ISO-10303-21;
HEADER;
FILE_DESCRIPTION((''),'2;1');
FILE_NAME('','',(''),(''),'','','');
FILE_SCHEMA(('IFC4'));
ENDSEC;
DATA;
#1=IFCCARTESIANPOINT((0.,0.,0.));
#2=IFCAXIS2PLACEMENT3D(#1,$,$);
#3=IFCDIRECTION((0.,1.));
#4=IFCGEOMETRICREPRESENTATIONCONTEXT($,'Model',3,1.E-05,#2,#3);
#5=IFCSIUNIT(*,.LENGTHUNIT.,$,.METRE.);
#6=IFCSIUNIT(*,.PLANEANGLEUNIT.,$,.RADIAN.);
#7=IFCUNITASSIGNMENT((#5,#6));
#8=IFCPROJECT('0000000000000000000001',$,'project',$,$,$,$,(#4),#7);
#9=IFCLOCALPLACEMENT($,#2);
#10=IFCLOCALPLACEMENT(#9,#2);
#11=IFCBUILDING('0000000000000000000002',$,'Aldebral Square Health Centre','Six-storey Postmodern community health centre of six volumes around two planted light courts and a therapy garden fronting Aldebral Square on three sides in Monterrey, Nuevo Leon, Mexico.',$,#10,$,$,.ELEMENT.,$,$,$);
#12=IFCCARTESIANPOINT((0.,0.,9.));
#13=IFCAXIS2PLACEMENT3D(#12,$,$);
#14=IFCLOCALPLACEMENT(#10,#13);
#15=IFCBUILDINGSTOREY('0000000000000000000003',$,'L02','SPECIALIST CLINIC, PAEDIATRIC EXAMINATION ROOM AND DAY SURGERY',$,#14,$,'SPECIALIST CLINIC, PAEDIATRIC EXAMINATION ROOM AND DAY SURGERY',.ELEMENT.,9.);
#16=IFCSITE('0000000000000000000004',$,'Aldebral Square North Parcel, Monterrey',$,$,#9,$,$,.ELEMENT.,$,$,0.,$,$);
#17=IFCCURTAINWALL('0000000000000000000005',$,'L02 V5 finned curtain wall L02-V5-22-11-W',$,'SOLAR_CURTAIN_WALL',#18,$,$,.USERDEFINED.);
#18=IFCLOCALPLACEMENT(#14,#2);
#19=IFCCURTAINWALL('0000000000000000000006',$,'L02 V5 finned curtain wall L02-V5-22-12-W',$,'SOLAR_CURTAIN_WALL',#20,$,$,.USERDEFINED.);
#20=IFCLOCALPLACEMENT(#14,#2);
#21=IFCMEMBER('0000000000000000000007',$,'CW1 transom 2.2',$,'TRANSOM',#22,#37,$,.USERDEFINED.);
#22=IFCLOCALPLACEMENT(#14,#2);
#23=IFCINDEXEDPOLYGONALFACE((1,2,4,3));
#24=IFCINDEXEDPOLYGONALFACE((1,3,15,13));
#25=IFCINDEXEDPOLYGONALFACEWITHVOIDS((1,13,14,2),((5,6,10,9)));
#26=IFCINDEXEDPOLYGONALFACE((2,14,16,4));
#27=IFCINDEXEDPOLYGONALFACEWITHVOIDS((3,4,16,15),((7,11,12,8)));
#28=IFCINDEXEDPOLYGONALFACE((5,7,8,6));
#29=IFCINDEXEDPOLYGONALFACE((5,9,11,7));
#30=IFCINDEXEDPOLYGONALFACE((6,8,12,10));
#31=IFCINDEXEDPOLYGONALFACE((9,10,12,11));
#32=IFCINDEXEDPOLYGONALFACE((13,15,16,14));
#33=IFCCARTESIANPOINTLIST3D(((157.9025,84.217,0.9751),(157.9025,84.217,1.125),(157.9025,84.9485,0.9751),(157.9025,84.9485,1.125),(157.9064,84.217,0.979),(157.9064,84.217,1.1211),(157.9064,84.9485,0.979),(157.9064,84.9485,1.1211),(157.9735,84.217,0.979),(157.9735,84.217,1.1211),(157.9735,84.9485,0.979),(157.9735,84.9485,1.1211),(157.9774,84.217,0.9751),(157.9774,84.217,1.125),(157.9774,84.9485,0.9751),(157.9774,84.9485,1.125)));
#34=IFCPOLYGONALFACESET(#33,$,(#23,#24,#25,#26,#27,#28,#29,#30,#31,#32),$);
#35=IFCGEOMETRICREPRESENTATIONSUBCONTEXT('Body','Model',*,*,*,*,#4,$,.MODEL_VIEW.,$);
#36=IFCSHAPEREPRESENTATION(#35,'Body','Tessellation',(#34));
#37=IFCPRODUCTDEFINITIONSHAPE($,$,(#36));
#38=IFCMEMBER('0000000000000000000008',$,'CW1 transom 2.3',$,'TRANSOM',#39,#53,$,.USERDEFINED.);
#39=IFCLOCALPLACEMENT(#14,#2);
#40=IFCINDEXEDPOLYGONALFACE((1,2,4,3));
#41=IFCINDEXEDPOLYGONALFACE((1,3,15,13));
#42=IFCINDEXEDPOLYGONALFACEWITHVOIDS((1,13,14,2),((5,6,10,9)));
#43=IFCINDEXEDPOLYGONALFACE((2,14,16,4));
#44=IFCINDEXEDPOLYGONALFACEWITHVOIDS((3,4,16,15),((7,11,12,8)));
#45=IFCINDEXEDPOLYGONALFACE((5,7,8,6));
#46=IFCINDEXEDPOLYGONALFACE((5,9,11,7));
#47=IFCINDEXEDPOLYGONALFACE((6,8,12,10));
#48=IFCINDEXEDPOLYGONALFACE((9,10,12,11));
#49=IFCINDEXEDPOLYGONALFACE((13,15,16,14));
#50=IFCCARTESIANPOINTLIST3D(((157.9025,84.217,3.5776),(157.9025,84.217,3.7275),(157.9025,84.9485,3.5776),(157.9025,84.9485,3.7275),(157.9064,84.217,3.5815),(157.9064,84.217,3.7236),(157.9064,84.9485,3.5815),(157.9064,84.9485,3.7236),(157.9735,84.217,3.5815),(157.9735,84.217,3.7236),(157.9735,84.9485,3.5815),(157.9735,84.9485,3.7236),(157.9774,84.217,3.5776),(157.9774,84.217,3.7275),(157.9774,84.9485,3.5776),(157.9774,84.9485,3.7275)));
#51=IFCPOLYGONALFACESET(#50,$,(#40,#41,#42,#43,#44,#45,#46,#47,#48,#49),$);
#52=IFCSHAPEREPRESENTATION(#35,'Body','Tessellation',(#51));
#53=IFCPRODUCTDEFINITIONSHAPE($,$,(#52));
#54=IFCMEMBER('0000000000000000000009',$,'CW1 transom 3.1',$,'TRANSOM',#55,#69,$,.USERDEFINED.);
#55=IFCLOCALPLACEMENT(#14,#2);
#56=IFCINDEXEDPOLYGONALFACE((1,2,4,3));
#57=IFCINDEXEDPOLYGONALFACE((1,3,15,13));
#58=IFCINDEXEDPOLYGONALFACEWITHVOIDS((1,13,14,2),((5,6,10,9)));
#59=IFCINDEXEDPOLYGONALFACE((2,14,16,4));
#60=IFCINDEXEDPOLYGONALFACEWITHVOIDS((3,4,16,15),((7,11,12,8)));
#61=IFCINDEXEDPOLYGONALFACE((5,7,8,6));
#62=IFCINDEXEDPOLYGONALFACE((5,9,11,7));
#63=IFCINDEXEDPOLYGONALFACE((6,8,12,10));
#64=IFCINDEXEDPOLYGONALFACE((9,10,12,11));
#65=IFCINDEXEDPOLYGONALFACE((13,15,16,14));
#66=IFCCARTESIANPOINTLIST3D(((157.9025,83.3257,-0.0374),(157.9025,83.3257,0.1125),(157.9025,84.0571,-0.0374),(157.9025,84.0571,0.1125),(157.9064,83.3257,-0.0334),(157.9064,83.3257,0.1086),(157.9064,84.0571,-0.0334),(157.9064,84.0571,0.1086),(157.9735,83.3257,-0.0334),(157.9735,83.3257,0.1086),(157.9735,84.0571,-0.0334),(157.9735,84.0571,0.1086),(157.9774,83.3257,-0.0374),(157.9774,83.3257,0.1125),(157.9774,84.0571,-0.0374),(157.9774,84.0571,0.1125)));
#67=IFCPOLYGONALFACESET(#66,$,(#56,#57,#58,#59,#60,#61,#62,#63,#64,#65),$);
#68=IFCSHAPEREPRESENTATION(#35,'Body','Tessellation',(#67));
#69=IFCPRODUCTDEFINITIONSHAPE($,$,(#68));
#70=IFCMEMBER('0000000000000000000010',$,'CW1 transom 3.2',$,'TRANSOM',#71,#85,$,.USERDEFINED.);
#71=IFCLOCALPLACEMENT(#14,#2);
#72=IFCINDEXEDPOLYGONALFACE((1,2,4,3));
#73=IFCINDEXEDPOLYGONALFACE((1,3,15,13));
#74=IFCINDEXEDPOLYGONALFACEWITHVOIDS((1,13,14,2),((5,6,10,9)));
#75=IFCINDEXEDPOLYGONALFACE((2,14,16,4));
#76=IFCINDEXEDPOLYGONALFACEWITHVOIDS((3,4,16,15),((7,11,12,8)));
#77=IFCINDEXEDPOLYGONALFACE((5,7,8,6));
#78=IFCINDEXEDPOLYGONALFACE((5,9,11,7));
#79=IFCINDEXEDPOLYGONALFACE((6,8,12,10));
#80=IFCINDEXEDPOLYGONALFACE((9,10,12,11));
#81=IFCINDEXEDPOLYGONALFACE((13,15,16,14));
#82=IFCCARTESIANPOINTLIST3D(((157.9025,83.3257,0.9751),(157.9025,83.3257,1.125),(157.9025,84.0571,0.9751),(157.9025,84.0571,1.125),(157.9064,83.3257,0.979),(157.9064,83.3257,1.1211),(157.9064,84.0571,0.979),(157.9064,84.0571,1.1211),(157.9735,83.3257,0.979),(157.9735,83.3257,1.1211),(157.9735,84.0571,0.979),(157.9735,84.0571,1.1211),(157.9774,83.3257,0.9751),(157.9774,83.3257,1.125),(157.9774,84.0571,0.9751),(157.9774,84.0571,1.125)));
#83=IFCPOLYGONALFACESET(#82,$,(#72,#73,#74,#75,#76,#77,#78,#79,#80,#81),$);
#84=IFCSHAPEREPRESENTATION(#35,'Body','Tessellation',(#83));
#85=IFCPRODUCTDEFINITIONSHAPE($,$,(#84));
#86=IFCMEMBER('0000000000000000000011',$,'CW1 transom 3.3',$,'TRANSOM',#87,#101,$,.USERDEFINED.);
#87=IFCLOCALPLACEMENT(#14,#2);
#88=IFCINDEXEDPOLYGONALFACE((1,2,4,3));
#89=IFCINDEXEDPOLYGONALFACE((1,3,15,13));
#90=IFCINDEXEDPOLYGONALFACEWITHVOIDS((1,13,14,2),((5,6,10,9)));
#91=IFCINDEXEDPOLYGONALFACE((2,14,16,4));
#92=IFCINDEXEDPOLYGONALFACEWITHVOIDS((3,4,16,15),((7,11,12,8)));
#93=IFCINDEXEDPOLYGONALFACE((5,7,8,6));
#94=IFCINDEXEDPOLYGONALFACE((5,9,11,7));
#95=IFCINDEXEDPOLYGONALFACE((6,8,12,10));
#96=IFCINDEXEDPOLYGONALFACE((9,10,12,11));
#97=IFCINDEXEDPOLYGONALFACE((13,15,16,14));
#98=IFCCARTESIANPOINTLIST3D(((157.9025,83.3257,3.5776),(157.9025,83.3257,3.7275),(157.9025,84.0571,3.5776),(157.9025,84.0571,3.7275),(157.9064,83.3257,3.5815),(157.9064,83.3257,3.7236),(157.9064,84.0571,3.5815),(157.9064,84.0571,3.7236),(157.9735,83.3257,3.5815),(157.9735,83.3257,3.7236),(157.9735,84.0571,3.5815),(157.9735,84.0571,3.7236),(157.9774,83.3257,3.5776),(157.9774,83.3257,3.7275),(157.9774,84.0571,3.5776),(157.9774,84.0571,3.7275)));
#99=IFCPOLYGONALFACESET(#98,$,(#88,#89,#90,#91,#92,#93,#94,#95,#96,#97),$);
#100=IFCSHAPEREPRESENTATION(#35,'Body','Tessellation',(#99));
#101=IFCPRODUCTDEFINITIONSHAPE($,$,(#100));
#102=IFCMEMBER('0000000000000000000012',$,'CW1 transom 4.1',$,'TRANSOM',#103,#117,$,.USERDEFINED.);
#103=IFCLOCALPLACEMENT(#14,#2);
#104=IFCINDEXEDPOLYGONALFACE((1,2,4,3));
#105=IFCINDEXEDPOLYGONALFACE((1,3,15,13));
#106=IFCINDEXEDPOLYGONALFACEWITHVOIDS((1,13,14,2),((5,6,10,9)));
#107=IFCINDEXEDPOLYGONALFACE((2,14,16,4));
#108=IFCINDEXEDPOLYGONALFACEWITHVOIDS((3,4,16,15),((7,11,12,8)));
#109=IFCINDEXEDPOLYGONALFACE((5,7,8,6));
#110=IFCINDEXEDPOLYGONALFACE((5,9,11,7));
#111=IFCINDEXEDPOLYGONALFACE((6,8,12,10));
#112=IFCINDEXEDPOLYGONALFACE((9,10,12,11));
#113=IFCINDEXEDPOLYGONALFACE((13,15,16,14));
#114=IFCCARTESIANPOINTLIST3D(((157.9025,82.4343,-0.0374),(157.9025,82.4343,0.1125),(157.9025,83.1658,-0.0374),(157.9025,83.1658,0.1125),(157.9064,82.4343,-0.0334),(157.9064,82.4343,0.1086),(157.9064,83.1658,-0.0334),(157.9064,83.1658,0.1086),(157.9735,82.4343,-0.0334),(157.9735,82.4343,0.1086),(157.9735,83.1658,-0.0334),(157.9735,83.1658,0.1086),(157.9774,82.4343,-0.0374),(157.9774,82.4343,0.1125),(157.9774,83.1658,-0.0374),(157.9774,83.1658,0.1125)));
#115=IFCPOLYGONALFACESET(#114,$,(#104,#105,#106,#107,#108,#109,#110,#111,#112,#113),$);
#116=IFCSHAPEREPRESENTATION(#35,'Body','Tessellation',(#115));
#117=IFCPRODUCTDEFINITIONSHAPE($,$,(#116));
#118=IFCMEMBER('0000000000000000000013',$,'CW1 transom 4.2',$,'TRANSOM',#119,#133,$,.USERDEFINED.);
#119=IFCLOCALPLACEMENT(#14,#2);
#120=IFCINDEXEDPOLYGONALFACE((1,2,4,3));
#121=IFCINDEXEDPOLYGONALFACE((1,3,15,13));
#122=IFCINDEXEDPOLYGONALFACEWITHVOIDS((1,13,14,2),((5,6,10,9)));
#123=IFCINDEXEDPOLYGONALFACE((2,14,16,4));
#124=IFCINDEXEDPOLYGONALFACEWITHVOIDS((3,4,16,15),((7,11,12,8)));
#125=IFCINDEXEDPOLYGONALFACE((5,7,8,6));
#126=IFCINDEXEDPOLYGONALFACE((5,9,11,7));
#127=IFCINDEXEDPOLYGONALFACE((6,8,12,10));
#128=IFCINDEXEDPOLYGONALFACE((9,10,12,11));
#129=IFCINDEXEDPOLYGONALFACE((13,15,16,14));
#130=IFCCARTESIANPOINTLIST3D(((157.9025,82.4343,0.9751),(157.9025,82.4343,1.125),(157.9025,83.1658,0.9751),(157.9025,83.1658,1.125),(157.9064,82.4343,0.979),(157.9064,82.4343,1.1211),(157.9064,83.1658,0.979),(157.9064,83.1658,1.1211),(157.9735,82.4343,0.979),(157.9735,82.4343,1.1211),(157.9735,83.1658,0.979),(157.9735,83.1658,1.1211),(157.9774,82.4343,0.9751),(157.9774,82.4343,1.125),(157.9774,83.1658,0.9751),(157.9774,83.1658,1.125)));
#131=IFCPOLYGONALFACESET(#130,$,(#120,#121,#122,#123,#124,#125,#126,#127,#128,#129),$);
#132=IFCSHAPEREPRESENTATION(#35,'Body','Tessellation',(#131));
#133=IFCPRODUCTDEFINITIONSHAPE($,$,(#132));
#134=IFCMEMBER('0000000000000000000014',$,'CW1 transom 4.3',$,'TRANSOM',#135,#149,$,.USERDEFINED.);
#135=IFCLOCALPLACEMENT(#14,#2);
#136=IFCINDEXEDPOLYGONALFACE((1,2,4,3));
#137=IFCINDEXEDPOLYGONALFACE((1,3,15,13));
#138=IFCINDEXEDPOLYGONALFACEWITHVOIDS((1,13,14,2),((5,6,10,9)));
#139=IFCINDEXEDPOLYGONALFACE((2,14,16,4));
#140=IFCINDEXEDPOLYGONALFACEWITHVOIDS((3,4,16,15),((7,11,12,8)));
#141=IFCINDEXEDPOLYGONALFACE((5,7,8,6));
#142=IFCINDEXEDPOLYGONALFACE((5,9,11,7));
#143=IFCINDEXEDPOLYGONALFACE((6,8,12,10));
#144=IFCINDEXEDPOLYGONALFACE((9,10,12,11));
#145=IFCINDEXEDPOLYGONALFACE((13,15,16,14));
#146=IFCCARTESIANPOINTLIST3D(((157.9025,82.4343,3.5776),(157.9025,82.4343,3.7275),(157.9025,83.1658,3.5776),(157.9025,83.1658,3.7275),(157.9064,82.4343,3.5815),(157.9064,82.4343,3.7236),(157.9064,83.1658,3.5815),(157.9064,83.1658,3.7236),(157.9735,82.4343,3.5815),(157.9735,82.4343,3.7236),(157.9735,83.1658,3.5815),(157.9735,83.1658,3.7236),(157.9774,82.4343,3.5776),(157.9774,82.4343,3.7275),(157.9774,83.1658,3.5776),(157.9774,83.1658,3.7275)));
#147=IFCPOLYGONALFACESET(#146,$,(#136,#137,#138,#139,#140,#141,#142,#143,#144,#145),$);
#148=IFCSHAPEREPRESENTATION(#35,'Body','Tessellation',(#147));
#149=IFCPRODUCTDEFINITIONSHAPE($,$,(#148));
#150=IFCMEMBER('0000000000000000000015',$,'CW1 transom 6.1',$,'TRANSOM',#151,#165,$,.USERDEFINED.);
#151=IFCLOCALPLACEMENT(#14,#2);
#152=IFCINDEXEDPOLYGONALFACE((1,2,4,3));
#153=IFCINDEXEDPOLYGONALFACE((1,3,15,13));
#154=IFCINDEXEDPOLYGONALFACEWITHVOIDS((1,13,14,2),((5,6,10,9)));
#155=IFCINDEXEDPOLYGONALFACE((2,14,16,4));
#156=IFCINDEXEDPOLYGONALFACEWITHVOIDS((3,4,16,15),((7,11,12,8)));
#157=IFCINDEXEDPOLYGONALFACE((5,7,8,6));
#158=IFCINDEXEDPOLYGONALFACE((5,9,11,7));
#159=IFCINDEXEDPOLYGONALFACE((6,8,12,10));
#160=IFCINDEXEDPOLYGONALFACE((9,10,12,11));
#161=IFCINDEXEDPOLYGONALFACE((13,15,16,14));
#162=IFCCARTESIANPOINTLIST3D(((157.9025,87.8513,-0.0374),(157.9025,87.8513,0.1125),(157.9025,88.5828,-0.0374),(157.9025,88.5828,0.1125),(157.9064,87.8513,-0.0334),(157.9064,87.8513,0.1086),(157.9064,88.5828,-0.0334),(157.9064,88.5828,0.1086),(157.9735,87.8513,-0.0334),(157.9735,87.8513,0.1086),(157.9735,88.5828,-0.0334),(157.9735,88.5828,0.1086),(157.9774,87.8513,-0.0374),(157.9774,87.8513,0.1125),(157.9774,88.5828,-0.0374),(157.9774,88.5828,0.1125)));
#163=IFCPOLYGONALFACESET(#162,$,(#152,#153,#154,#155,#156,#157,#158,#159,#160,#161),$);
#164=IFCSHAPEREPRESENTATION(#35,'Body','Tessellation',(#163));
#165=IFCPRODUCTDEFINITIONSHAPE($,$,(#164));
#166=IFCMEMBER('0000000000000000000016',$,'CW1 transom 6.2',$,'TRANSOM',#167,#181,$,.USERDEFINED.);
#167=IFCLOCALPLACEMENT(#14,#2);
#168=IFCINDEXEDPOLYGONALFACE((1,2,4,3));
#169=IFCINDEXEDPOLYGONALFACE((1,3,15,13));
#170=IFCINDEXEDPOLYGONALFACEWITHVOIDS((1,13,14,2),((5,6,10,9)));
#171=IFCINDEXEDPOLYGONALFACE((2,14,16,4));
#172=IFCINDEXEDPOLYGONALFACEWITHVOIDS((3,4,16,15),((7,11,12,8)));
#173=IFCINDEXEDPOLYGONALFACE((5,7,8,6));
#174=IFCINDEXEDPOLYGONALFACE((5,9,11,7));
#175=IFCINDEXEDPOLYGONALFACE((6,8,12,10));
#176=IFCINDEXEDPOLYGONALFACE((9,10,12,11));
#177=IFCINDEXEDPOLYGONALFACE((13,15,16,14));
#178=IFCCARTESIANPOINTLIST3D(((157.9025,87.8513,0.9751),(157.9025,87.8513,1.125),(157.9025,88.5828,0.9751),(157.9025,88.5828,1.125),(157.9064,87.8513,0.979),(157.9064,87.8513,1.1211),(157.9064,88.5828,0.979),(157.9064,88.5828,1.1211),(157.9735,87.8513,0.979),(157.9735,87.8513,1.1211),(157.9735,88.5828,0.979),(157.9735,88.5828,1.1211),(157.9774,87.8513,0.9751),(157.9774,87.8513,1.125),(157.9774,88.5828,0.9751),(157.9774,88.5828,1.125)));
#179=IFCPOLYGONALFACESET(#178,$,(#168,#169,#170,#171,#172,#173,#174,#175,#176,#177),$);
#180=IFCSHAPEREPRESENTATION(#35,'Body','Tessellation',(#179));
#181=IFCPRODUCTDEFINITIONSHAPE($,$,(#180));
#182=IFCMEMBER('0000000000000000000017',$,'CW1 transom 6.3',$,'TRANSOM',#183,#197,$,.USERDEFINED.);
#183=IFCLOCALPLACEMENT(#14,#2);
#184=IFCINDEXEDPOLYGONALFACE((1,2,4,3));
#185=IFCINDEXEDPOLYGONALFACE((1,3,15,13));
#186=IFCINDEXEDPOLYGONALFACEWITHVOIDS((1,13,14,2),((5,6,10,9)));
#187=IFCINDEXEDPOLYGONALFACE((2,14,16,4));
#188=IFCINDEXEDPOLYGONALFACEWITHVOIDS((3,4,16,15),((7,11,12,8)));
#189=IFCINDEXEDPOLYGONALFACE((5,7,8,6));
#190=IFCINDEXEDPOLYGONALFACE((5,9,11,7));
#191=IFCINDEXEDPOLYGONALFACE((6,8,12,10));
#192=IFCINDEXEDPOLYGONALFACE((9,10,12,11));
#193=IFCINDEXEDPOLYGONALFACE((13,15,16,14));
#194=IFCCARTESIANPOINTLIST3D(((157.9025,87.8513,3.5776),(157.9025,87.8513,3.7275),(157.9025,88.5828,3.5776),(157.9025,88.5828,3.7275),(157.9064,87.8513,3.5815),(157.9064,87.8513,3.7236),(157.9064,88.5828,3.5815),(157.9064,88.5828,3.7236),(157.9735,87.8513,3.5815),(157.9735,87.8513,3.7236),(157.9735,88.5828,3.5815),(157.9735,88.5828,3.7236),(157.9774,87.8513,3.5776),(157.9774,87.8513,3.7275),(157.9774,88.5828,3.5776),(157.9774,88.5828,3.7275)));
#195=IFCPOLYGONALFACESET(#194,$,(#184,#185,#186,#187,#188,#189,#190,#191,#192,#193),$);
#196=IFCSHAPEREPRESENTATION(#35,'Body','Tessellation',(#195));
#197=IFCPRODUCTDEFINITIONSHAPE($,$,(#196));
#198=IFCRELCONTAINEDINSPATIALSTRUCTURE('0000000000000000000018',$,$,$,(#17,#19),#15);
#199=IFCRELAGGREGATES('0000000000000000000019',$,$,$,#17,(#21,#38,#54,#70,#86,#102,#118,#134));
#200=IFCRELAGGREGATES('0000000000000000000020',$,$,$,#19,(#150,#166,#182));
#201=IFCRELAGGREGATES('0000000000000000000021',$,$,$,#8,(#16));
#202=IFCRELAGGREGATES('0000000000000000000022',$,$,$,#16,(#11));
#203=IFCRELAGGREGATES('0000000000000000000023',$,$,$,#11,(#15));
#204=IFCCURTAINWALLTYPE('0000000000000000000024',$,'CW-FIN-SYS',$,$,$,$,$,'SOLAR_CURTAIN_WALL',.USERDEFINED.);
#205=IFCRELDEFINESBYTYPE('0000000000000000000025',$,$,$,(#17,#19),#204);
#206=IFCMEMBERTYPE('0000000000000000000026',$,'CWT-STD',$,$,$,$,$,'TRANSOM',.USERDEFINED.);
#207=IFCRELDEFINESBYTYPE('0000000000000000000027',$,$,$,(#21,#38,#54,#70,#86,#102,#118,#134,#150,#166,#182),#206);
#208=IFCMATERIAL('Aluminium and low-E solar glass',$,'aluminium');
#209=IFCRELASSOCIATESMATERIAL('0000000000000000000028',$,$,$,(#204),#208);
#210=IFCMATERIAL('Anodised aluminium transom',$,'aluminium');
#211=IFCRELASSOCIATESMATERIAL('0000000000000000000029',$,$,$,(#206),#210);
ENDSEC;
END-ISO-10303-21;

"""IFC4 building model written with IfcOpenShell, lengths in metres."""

from ifc_helpers import new_model, si_unit, direction, frame, origin, origin_2d, place, context, subcontext, project, spatial, hollow_rectangle, extrude, material, material_profile, profile_set, type_object, element, aggregate, save


model = new_model("IFC4")

# Units and contexts
model_context = context("Model", 3, precision=1e-05, world=origin(), true_north=direction((0.0, 1.0)))
body_context = subcontext(model_context, "Body", "Model", "MODEL_VIEW")
ifc_project = project(units=[si_unit("LENGTHUNIT", "METRE"), si_unit("PLANEANGLEUNIT", "RADIAN")], contexts=[model_context])

# Site, building, storey
site_placement = place(None, origin())
site = spatial("IfcSite", under=ifc_project, at=site_placement, Name="Aldebral Square North Parcel, Monterrey", CompositionType="ELEMENT", RefElevation=0.0)
building_placement = place(site_placement, origin())
building = spatial("IfcBuilding", under=site, at=building_placement, Name="Aldebral Square Health Centre", Description="Six-storey Postmodern community health centre of six volumes around two planted light courts and a therapy garden fronting Aldebral Square on three sides in Monterrey, Nuevo Leon, Mexico.", CompositionType="ELEMENT")
storey_placement = place(building_placement, frame((0.0, 0.0, 9.0)))
storey = spatial("IfcBuildingStorey", under=building, at=storey_placement, Name="L02", Description="SPECIALIST CLINIC, PAEDIATRIC EXAMINATION ROOM AND DAY SURGERY", LongName="SPECIALIST CLINIC, PAEDIATRIC EXAMINATION ROOM AND DAY SURGERY", CompositionType="ELEMENT", Elevation=9.0)

# Curtain walls
ifc_material_1 = material(Name="Aluminium and low-E solar glass", Category="aluminium")
curtain_wall_type = type_object("IfcCurtainWallType", Name="CW-FIN-SYS", ElementType="SOLAR_CURTAIN_WALL", PredefinedType="USERDEFINED", material=ifc_material_1)
curtain_wall_1_placement = place(storey_placement, origin())
curtain_wall_1 = element("IfcCurtainWall", 1, at=curtain_wall_1_placement, inside=storey, type_object=curtain_wall_type, Name="L02 V5 finned curtain wall L02-V5-22-11-W", ObjectType="SOLAR_CURTAIN_WALL", PredefinedType="USERDEFINED")
curtain_wall_2_placement = place(storey_placement, origin())
curtain_wall_2 = element("IfcCurtainWall", 2, at=curtain_wall_2_placement, inside=storey, type_object=curtain_wall_type, Name="L02 V5 finned curtain wall L02-V5-22-12-W", ObjectType="SOLAR_CURTAIN_WALL", PredefinedType="USERDEFINED")

# Members
ifc_material_2 = material(Name="Anodised aluminium transom", Category="aluminium")
ifc_material_profile_1 = material_profile(ifc_material_2, hollow_rectangle(XDim=0.075, YDim=0.1499, WallThickness=0.0039, at=origin_2d()), Name="CWT 75x150x4")
ifc_profile_set_1 = profile_set([ifc_material_profile_1], Name="Anodised aluminium transom")
member_type_1 = type_object("IfcMemberType", Name="CWT-STD", ElementType="TRANSOM", PredefinedType="USERDEFINED", material=ifc_profile_set_1)
member_1_placement = place(storey_placement, frame((157.9399, 84.9485, 1.05), z_axis=(0.0, -1.0, 0.0), x_axis=(1.0, 0.0, 0.0)))
member_1 = element("IfcMember", 3, at=member_1_placement, type_object=member_type_1, Name="CW1 transom 2.2", ObjectType="TRANSOM", PredefinedType="USERDEFINED", context=body_context, shape_type="SweptSolid", body=[
    extrude(hollow_rectangle(XDim=0.075, YDim=0.1499, WallThickness=0.0039, at=origin_2d()), origin(), (0.0, 0.0, 1.0), 0.7314),
])
member_2_placement = place(storey_placement, frame((157.9399, 84.9485, 3.6526), z_axis=(0.0, -1.0, 0.0), x_axis=(1.0, 0.0, 0.0)))
member_2 = element("IfcMember", 4, at=member_2_placement, type_object=member_type_1, Name="CW1 transom 2.3", ObjectType="TRANSOM", PredefinedType="USERDEFINED", context=body_context, shape_type="SweptSolid", body=[
    extrude(hollow_rectangle(XDim=0.075, YDim=0.1499, WallThickness=0.0039, at=origin_2d()), origin(), (0.0, 0.0, 1.0), 0.7314),
])
member_3_placement = place(storey_placement, frame((157.9399, 84.0571, 0.0376), z_axis=(0.0, -1.0, 0.0), x_axis=(1.0, 0.0, 0.0)))
member_3 = element("IfcMember", 5, at=member_3_placement, type_object=member_type_1, Name="CW1 transom 3.1", ObjectType="TRANSOM", PredefinedType="USERDEFINED", context=body_context, shape_type="SweptSolid", body=[
    extrude(hollow_rectangle(XDim=0.075, YDim=0.1499, WallThickness=0.0039, at=origin_2d()), origin(), (0.0, 0.0, 1.0), 0.7314),
])
member_4_placement = place(storey_placement, frame((157.9399, 84.0571, 1.05), z_axis=(0.0, -1.0, 0.0), x_axis=(1.0, 0.0, 0.0)))
member_4 = element("IfcMember", 6, at=member_4_placement, type_object=member_type_1, Name="CW1 transom 3.2", ObjectType="TRANSOM", PredefinedType="USERDEFINED", context=body_context, shape_type="SweptSolid", body=[
    extrude(hollow_rectangle(XDim=0.075, YDim=0.1499, WallThickness=0.0039, at=origin_2d()), origin(), (0.0, 0.0, 1.0), 0.7314),
])
member_5_placement = place(storey_placement, frame((157.9399, 84.0571, 3.6526), z_axis=(0.0, -1.0, 0.0), x_axis=(1.0, 0.0, 0.0)))
member_5 = element("IfcMember", 7, at=member_5_placement, type_object=member_type_1, Name="CW1 transom 3.3", ObjectType="TRANSOM", PredefinedType="USERDEFINED", context=body_context, shape_type="SweptSolid", body=[
    extrude(hollow_rectangle(XDim=0.075, YDim=0.1499, WallThickness=0.0039, at=origin_2d()), origin(), (0.0, 0.0, 1.0), 0.7314),
])
member_6_placement = place(storey_placement, frame((157.9399, 83.1658, 0.0376), z_axis=(0.0, -1.0, 0.0), x_axis=(1.0, 0.0, 0.0)))
member_6 = element("IfcMember", 8, at=member_6_placement, type_object=member_type_1, Name="CW1 transom 4.1", ObjectType="TRANSOM", PredefinedType="USERDEFINED", context=body_context, shape_type="SweptSolid", body=[
    extrude(hollow_rectangle(XDim=0.075, YDim=0.1499, WallThickness=0.0039, at=origin_2d()), origin(), (0.0, 0.0, 1.0), 0.7314),
])
member_7_placement = place(storey_placement, frame((157.9399, 83.1658, 1.05), z_axis=(0.0, -1.0, 0.0), x_axis=(1.0, 0.0, 0.0)))
member_7 = element("IfcMember", 9, at=member_7_placement, type_object=member_type_1, Name="CW1 transom 4.2", ObjectType="TRANSOM", PredefinedType="USERDEFINED", context=body_context, shape_type="SweptSolid", body=[
    extrude(hollow_rectangle(XDim=0.075, YDim=0.1499, WallThickness=0.0039, at=origin_2d()), origin(), (0.0, 0.0, 1.0), 0.7314),
])
member_8_placement = place(storey_placement, frame((157.9399, 83.1658, 3.6526), z_axis=(0.0, -1.0, 0.0), x_axis=(1.0, 0.0, 0.0)))
member_8 = element("IfcMember", 10, at=member_8_placement, type_object=member_type_1, Name="CW1 transom 4.3", ObjectType="TRANSOM", PredefinedType="USERDEFINED", context=body_context, shape_type="SweptSolid", body=[
    extrude(hollow_rectangle(XDim=0.075, YDim=0.1499, WallThickness=0.0039, at=origin_2d()), origin(), (0.0, 0.0, 1.0), 0.7314),
])
member_9_placement = place(storey_placement, frame((157.9399, 88.5828, 0.0376), z_axis=(0.0, -1.0, 0.0), x_axis=(1.0, 0.0, 0.0)))
member_9 = element("IfcMember", 11, at=member_9_placement, type_object=member_type_1, Name="CW1 transom 6.1", ObjectType="TRANSOM", PredefinedType="USERDEFINED", context=body_context, shape_type="SweptSolid", body=[
    extrude(hollow_rectangle(XDim=0.075, YDim=0.1499, WallThickness=0.0039, at=origin_2d()), origin(), (0.0, 0.0, 1.0), 0.7314),
])
member_10_placement = place(storey_placement, frame((157.9399, 88.5828, 1.05), z_axis=(0.0, -1.0, 0.0), x_axis=(1.0, 0.0, 0.0)))
member_10 = element("IfcMember", 12, at=member_10_placement, type_object=member_type_1, Name="CW1 transom 6.2", ObjectType="TRANSOM", PredefinedType="USERDEFINED", context=body_context, shape_type="SweptSolid", body=[
    extrude(hollow_rectangle(XDim=0.075, YDim=0.1499, WallThickness=0.0039, at=origin_2d()), origin(), (0.0, 0.0, 1.0), 0.7314),
])
member_11_placement = place(storey_placement, frame((157.9399, 88.5828, 3.6526), z_axis=(0.0, -1.0, 0.0), x_axis=(1.0, 0.0, 0.0)))
member_11 = element("IfcMember", 13, at=member_11_placement, type_object=member_type_1, Name="CW1 transom 6.3", ObjectType="TRANSOM", PredefinedType="USERDEFINED", context=body_context, shape_type="SweptSolid", body=[
    extrude(hollow_rectangle(XDim=0.075, YDim=0.1499, WallThickness=0.0039, at=origin_2d()), origin(), (0.0, 0.0, 1.0), 0.7314),
])

aggregate(curtain_wall_1, [member_1, member_2, member_3, member_4, member_5, member_6, member_7, member_8])
aggregate(curtain_wall_2, [member_9, member_10, member_11])

save(model, "model.ifc")
